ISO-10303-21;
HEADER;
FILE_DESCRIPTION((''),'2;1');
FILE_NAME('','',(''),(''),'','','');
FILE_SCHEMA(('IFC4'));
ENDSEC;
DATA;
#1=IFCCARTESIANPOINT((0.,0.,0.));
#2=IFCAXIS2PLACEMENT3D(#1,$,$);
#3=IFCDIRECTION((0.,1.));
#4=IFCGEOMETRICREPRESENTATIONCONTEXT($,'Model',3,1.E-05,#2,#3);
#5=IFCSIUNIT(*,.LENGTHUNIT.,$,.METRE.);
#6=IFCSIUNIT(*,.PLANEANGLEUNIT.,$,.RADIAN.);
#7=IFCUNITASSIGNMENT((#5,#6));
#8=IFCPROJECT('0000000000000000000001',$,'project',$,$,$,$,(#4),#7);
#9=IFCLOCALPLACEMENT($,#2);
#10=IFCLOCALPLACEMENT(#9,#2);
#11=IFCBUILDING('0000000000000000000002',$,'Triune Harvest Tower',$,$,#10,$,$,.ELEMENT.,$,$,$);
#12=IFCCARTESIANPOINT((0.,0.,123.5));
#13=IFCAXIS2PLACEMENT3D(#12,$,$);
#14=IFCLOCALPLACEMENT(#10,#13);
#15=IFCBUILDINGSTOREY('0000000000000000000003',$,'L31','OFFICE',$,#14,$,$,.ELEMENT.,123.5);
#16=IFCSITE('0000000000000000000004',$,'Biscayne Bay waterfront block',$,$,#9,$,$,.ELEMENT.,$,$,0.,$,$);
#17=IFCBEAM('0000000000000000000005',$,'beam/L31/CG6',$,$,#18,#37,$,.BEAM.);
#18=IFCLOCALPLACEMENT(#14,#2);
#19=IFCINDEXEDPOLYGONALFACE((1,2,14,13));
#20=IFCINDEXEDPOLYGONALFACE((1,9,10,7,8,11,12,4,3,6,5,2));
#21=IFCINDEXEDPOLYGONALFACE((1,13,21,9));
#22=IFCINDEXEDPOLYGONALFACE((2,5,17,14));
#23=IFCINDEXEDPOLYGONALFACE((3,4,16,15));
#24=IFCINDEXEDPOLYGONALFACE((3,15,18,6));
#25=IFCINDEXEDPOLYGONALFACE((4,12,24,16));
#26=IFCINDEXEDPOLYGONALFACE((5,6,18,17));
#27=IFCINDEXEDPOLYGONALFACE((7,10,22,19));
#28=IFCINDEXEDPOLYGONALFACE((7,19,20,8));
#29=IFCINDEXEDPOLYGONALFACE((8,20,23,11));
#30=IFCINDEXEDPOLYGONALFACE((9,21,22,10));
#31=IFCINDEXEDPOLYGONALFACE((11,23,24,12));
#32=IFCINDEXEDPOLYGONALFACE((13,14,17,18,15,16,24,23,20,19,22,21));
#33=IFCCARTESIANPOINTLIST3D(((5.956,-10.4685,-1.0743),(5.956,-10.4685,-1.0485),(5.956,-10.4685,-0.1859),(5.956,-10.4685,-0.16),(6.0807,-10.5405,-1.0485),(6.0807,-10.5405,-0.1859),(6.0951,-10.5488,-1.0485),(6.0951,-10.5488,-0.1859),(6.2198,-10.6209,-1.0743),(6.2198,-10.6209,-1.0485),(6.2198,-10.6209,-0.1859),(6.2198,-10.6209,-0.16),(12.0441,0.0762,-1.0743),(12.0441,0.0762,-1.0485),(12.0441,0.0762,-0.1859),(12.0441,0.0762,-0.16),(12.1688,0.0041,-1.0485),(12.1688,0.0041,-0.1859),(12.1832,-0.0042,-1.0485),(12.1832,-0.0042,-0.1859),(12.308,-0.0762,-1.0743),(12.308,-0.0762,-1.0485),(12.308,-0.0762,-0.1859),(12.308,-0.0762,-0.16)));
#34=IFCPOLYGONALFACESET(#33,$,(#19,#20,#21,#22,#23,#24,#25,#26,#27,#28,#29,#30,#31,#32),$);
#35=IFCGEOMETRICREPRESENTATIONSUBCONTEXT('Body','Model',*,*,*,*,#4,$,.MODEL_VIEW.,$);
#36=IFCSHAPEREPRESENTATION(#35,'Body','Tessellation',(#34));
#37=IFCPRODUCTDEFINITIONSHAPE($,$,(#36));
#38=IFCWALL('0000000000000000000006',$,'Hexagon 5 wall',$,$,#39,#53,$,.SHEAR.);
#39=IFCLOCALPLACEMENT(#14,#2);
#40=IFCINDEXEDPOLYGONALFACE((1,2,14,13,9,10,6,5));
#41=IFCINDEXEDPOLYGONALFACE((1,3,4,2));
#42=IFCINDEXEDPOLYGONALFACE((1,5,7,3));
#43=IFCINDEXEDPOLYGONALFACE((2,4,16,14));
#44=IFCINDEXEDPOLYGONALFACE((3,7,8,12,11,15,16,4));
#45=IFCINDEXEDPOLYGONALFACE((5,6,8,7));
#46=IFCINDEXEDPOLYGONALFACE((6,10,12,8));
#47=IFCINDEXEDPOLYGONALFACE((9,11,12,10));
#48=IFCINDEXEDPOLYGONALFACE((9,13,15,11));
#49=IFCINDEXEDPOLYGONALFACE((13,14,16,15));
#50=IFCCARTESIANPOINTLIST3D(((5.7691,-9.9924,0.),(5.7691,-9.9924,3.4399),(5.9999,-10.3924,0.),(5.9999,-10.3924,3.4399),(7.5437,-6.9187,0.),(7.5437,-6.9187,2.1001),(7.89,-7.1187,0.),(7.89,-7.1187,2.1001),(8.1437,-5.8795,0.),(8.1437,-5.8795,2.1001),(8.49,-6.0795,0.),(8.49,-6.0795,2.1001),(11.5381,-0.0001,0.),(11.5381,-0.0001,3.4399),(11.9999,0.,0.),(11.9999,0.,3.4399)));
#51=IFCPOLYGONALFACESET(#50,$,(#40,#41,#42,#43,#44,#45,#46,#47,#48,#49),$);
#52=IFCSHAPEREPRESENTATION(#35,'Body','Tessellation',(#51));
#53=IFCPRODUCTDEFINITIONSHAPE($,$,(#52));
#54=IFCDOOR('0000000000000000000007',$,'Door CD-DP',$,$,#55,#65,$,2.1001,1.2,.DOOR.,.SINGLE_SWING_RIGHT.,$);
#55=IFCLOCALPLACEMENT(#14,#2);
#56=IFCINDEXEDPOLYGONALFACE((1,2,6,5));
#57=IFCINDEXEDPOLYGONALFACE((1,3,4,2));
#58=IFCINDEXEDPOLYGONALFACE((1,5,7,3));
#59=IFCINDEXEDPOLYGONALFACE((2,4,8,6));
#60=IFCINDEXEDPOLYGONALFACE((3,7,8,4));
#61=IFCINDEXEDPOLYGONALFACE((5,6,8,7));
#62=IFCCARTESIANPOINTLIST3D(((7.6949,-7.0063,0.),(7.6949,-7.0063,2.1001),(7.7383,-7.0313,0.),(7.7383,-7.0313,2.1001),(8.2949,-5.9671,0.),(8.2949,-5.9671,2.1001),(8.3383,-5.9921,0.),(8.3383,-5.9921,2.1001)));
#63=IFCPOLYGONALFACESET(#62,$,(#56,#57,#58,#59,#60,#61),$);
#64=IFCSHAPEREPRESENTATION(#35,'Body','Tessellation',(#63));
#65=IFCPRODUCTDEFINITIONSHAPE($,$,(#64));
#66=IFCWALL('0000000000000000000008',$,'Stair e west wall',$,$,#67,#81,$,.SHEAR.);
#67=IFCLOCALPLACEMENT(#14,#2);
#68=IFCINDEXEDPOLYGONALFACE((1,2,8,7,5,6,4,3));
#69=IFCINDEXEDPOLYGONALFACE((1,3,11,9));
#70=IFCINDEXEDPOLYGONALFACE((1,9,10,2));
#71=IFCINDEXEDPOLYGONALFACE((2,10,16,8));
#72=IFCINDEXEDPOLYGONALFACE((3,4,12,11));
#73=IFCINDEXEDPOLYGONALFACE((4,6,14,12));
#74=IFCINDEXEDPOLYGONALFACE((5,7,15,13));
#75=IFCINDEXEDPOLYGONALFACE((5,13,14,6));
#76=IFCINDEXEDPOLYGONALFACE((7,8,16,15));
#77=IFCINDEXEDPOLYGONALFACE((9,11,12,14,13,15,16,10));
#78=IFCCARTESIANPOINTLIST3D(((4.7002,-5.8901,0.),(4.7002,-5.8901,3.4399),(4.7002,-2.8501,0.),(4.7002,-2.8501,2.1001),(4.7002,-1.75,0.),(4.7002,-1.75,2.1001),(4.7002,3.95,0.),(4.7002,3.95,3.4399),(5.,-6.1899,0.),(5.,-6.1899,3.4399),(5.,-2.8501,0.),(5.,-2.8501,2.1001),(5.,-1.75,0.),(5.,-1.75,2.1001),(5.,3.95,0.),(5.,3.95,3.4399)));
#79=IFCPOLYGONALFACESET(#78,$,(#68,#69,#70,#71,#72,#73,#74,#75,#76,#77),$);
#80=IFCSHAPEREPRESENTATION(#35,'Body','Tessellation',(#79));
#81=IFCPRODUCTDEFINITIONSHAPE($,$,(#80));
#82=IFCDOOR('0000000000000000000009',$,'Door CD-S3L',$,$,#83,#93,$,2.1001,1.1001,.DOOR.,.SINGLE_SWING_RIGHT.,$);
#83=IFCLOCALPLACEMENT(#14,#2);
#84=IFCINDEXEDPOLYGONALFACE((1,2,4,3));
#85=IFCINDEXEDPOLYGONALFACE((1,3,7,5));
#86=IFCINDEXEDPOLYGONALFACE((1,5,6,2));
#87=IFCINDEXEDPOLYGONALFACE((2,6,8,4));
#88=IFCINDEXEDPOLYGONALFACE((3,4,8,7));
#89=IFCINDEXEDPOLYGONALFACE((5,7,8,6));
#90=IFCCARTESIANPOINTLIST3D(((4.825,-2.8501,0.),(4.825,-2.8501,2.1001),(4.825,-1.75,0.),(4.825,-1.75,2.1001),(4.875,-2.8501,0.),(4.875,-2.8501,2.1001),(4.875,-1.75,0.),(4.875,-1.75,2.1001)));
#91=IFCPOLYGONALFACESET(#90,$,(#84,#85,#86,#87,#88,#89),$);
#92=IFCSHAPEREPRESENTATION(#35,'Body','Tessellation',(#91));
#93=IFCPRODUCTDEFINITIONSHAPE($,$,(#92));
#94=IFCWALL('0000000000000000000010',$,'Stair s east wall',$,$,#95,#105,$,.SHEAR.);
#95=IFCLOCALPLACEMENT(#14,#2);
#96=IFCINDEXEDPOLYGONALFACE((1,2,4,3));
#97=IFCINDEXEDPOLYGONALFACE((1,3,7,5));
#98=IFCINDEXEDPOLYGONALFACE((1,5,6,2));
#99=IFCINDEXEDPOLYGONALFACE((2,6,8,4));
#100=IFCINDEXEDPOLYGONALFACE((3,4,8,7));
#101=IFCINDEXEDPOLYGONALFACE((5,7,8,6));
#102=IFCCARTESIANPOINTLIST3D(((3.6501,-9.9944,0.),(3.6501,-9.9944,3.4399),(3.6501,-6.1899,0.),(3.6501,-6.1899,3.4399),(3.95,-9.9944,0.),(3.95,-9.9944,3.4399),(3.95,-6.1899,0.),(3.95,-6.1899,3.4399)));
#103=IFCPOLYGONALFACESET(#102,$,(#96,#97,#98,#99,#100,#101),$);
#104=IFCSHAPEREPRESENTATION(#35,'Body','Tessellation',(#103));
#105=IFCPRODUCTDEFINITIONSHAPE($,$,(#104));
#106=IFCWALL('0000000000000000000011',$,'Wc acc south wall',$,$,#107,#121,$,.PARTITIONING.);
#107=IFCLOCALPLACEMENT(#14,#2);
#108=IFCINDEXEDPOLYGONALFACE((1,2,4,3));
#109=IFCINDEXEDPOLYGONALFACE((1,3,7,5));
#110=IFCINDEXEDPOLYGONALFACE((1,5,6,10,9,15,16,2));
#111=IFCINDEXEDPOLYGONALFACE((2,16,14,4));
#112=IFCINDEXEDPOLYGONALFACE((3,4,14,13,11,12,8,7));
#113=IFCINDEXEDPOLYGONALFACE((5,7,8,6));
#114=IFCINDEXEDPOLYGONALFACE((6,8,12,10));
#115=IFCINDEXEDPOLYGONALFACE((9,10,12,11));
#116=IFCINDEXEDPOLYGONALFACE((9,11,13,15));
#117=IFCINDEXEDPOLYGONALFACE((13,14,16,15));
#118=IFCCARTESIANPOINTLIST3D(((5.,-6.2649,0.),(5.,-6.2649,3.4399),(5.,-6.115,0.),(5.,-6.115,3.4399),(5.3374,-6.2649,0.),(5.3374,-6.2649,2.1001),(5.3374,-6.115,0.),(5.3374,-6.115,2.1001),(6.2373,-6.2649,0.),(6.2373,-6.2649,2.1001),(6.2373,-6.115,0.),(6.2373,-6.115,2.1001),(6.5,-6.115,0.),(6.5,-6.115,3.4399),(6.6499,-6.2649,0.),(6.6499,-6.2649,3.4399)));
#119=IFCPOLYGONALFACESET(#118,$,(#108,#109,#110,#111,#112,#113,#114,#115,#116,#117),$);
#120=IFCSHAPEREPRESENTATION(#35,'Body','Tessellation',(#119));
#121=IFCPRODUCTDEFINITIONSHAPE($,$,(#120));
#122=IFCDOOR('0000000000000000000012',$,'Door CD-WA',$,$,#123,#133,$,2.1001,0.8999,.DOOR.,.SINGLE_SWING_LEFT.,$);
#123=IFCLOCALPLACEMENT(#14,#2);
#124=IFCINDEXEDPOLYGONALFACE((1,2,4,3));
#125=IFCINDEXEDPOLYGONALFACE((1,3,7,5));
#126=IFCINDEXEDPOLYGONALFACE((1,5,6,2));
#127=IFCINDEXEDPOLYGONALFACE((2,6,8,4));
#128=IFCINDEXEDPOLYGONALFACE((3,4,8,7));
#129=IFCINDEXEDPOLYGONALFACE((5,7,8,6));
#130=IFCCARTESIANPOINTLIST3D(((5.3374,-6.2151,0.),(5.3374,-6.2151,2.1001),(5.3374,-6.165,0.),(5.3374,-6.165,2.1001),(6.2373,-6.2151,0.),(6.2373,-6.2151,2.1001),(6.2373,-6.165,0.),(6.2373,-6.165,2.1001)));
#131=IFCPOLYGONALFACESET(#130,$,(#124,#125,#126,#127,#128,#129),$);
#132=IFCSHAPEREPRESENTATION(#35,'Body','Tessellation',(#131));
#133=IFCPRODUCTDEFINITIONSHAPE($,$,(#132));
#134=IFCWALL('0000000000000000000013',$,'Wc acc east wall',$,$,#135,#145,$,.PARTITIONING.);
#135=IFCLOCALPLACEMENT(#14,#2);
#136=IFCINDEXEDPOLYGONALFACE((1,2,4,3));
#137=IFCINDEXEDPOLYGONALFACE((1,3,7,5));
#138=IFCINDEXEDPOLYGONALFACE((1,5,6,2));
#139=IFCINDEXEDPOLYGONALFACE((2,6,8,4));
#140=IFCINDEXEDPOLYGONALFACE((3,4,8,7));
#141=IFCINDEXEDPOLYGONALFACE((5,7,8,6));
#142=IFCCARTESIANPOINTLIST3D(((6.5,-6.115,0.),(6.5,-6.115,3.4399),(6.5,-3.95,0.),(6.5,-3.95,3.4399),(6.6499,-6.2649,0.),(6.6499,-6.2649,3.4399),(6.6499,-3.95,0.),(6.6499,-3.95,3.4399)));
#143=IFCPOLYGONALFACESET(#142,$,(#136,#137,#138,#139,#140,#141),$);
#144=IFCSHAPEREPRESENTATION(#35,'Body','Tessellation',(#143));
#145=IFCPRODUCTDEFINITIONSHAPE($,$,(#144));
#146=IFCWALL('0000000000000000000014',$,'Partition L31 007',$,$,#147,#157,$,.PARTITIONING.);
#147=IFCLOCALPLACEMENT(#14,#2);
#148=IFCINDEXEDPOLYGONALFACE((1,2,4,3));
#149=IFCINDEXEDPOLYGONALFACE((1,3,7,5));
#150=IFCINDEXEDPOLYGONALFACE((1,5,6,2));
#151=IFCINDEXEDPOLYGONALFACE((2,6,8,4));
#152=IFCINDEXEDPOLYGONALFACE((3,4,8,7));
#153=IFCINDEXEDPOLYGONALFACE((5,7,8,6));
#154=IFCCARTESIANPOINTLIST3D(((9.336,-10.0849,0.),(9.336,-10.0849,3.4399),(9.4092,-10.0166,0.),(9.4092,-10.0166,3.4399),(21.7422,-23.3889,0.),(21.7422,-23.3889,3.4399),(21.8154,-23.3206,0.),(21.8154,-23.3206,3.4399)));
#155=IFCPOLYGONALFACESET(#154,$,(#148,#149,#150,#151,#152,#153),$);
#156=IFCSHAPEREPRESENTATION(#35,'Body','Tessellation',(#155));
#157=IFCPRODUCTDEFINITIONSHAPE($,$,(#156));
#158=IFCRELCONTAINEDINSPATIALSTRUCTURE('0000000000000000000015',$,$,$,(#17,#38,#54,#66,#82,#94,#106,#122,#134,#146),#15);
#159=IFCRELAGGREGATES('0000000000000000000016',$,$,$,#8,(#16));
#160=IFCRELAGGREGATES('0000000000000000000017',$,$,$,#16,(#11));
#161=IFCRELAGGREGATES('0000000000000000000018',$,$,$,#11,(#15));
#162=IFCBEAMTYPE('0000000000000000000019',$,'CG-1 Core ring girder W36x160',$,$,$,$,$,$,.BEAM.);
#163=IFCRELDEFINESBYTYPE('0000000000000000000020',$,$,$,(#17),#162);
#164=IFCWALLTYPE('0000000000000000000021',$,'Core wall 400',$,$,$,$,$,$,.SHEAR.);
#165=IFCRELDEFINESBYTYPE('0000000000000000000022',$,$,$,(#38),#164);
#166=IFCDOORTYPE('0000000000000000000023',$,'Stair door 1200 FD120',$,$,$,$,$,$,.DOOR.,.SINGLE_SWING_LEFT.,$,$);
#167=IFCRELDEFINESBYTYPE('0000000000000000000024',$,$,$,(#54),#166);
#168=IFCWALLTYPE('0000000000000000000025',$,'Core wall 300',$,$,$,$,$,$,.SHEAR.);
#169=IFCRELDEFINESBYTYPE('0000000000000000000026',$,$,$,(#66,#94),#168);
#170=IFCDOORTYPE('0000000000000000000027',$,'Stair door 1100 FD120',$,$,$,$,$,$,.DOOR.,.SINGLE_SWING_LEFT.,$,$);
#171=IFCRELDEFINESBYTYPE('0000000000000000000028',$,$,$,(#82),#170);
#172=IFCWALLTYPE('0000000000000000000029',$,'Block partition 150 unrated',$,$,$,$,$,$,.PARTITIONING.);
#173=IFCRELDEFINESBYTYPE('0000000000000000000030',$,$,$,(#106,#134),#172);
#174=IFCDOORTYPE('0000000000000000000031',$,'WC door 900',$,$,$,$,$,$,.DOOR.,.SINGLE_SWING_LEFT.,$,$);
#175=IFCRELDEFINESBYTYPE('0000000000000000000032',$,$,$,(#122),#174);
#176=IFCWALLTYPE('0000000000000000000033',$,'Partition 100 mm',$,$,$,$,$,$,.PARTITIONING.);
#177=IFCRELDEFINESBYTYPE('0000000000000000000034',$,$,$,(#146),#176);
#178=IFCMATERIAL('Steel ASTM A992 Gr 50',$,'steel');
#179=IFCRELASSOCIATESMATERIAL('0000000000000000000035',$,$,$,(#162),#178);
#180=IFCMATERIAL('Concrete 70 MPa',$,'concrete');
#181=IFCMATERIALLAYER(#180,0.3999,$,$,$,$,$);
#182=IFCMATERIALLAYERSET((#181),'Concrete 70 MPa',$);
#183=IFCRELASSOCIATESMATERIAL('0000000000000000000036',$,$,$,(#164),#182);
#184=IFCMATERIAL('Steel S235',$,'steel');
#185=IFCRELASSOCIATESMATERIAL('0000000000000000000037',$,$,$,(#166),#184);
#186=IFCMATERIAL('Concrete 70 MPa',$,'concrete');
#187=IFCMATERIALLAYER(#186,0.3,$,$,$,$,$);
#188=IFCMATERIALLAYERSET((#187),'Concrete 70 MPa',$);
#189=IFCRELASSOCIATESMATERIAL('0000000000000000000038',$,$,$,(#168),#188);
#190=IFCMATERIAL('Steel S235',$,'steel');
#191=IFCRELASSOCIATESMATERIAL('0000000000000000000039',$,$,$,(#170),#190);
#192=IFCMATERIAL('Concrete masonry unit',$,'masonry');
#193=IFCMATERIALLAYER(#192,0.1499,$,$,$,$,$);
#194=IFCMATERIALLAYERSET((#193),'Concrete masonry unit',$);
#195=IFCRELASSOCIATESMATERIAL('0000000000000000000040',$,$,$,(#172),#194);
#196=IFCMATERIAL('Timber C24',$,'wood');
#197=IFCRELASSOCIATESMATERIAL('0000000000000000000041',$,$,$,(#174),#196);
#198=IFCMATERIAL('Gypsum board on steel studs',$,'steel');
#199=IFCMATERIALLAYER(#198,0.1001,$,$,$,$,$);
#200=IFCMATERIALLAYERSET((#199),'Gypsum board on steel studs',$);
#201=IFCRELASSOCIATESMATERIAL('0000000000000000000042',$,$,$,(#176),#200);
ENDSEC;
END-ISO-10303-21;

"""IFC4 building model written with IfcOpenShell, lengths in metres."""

from ifc_helpers import new_model, si_unit, direction, frame, frame_2d, origin, origin_2d, place, context, subcontext, project, spatial, polyline, rectangle, i_section, outline, extrude, source, transform, mapped, material, layer, layer_set, material_profile, profile_set, type_object, element, fill, save


model = new_model("IFC4")

# Units and contexts
model_context = context("Model", 3, precision=1e-05, world=origin(), true_north=direction((0.0, 1.0)))
body_context = subcontext(model_context, "Body", "Model", "MODEL_VIEW")
ifc_project = project(units=[si_unit("LENGTHUNIT", "METRE"), si_unit("PLANEANGLEUNIT", "RADIAN")], contexts=[model_context])

# Site, building, storey
site_placement = place(None, origin())
site = spatial("IfcSite", under=ifc_project, at=site_placement, Name="Biscayne Bay waterfront block", CompositionType="ELEMENT", RefElevation=0.0)
building_placement = place(site_placement, origin())
building = spatial("IfcBuilding", under=site, at=building_placement, Name="Triune Harvest Tower", CompositionType="ELEMENT")
storey_placement = place(building_placement, frame((0.0, 0.0, 123.5)))
storey = spatial("IfcBuildingStorey", under=building, at=storey_placement, Name="L31", Description="OFFICE", CompositionType="ELEMENT", Elevation=123.5)

# Beam
ifc_material_1 = material(Name="Steel ASTM A992 Gr 50", Category="steel")
ifc_material_profile = material_profile(ifc_material_1, i_section(OverallWidth=0.3047, OverallDepth=0.9143, WebThickness=0.0166, FlangeThickness=0.0259, at=origin_2d()), Name="W36x160")
ifc_profile_set = profile_set([ifc_material_profile], Name="Steel ASTM A992 Gr 50")
beam_type = type_object("IfcBeamType", Name="CG-1 Core ring girder W36x160", PredefinedType="BEAM", material=ifc_profile_set)
shared_shape_1 = source(origin(), body_context, "Body", "SweptSolid", [
    extrude(i_section(OverallWidth=0.3047, OverallDepth=0.9143, WebThickness=0.0166, FlangeThickness=0.0259, at=origin_2d()), origin(), (0.0, 0.0, 1.0), 12.176),
])
beam_placement = place(storey_placement, frame((6.0879, -10.5447, -0.6172), z_axis=(0.50001, 0.86602, 0.0), x_axis=(-0.86602, 0.50001, 0.0)))
element("IfcBeam", 1, at=beam_placement, inside=storey, type_object=beam_type, Name="beam/L31/CG6", PredefinedType="BEAM", context=body_context, shape_type="MappedRepresentation", body=[
    mapped(shared_shape_1, transform((0.0, 0.0, 0.0), scale=1.0)),
])

# Walls, openings, doors
ifc_material_2 = material(Name="Concrete 70 MPa", Category="concrete")
ifc_layer_1 = layer(ifc_material_2, 0.3999)
ifc_layer_set_1 = layer_set([ifc_layer_1], Name="Concrete 70 MPa")
wall_type_1 = type_object("IfcWallType", Name="Core wall 400", PredefinedType="SHEAR", material=ifc_layer_set_1)
shared_shape_2 = source(origin(), body_context, "Body", "SweptSolid", [
    extrude(outline(polyline([(-0.1155, -0.2), (11.8845, -0.2), (11.6536, 0.2), (0.1155, 0.2), (-0.1155, -0.2)])), origin(), (0.0, 0.0, 1.0), 3.4399),
])
wall_1_placement = place(storey_placement, frame((5.8845, -10.1924, 0.0), z_axis=(0.0, 0.0, 1.0), x_axis=(0.499997, 0.866027, 0.0)))
wall_1 = element("IfcWall", 2, at=wall_1_placement, inside=storey, type_object=wall_type_1, Name="Hexagon 5 wall", PredefinedType="SHEAR", context=body_context, shape_type="MappedRepresentation", body=[
    mapped(shared_shape_2, transform((0.0, 0.0, 0.0), scale=1.0)),
])
opening_1_placement = place(wall_1_placement, frame((3.6646, 0.0, 0.0)))
opening_1 = element("IfcOpeningElement", 3, at=opening_1_placement, cuts=wall_1, PredefinedType="OPENING", context=body_context, shape_type="SweptSolid", body=[
    extrude(rectangle(XDim=1.2, YDim=2.1001, at=frame_2d((0.6001, 1.05))), frame((0.0, 0.21, 0.0), z_axis=(0.0, -1.0, 0.0), x_axis=(1.0, 0.0, 0.0)), (0.0, 0.0, 1.0), 0.4199),
])
ifc_material_3 = material(Name="Steel S235", Category="steel")
door_type_1 = type_object("IfcDoorType", Name="Stair door 1200 FD120", OperationType="SINGLE_SWING_LEFT", PredefinedType="DOOR", material=ifc_material_3)
door_1_placement = place(opening_1_placement, frame((1.2, 0.0, 0.0), z_axis=(0.0, 0.0, 1.0), x_axis=(-1.0, 0.0, 0.0)))
door_1 = element("IfcDoor", 4, at=door_1_placement, inside=storey, type_object=door_type_1, Name="Door CD-DP", OperationType="SINGLE_SWING_RIGHT", OverallHeight=2.1001, OverallWidth=1.2, PredefinedType="DOOR", context=body_context, shape_type="SweptSolid", body=[
    extrude(rectangle(XDim=1.2, YDim=2.1001, at=frame_2d((0.6001, 1.05))), frame((0.0, 0.0249, 0.0), z_axis=(0.0, -1.0, 0.0), x_axis=(1.0, 0.0, 0.0)), (0.0, 0.0, 1.0), 0.05),
])
fill(opening_1, door_1)
ifc_material_4 = material(Name="Concrete 70 MPa", Category="concrete")
ifc_layer_2 = layer(ifc_material_4, 0.3)
ifc_layer_set_2 = layer_set([ifc_layer_2], Name="Concrete 70 MPa")
wall_type_2 = type_object("IfcWallType", Name="Core wall 300", PredefinedType="SHEAR", material=ifc_layer_set_2)
shared_shape_3 = source(origin(), body_context, "Body", "SweptSolid", [
    extrude(outline(polyline([(-0.1499, -0.1499), (9.99, -0.1499), (9.99, 0.1499), (0.1499, 0.1499), (-0.1499, -0.1499)])), origin(), (0.0, 0.0, 1.0), 3.4399),
])
wall_2_placement = place(storey_placement, frame((4.8501, -6.04, 0.0), z_axis=(0.0, 0.0, 1.0), x_axis=(0.0, 1.0, 0.0)))
wall_2 = element("IfcWall", 5, at=wall_2_placement, inside=storey, type_object=wall_type_2, Name="Stair e west wall", PredefinedType="SHEAR", context=body_context, shape_type="MappedRepresentation", body=[
    mapped(shared_shape_3, transform((0.0, 0.0, 0.0), scale=1.0)),
])
opening_2_placement = place(wall_2_placement, frame((3.1899, 0.0, 0.0)))
opening_2 = element("IfcOpeningElement", 6, at=opening_2_placement, cuts=wall_2, PredefinedType="OPENING", context=body_context, shape_type="SweptSolid", body=[
    extrude(rectangle(XDim=1.1001, YDim=2.1001, at=frame_2d((0.55, 1.05))), frame((0.0, 0.1602, 0.0), z_axis=(0.0, -1.0, 0.0), x_axis=(1.0, 0.0, 0.0)), (0.0, 0.0, 1.0), 0.3201),
])
ifc_material_5 = material(Name="Steel S235", Category="steel")
door_type_2 = type_object("IfcDoorType", Name="Stair door 1100 FD120", OperationType="SINGLE_SWING_LEFT", PredefinedType="DOOR", material=ifc_material_5)
door_2_placement = place(opening_2_placement, frame((1.1001, 0.0, 0.0), z_axis=(0.0, 0.0, 1.0), x_axis=(-1.0, 0.0, 0.0)))
door_2 = element("IfcDoor", 7, at=door_2_placement, inside=storey, type_object=door_type_2, Name="Door CD-S3L", OperationType="SINGLE_SWING_RIGHT", OverallHeight=2.1001, OverallWidth=1.1001, PredefinedType="DOOR", context=body_context, shape_type="SweptSolid", body=[
    extrude(rectangle(XDim=1.1001, YDim=2.1001, at=frame_2d((0.55, 1.05))), frame((0.0, 0.0249, 0.0), z_axis=(0.0, -1.0, 0.0), x_axis=(1.0, 0.0, 0.0)), (0.0, 0.0, 1.0), 0.05),
])
fill(opening_2, door_2)

# Wall
shared_shape_4 = source(origin(), body_context, "Body", "SweptSolid", [
    extrude(outline(polyline([(3.8, -0.1499), (-0.0044, -0.1499), (-0.0044, 0.1499), (3.8, 0.1499), (3.8, -0.1499)])), origin(), (0.0, 0.0, 1.0), 3.4399),
])
wall_3_placement = place(storey_placement, frame((3.8, -9.99, 0.0), z_axis=(0.0, 0.0, 1.0), x_axis=(0.0, 1.0, 0.0)))
element("IfcWall", 8, at=wall_3_placement, inside=storey, type_object=wall_type_2, Name="Stair s east wall", PredefinedType="SHEAR", context=body_context, shape_type="MappedRepresentation", body=[
    mapped(shared_shape_4, transform((0.0, 0.0, 0.0), scale=1.0)),
])

# Wall, opening, door
ifc_material_6 = material(Name="Concrete masonry unit", Category="masonry")
ifc_layer_3 = layer(ifc_material_6, 0.1499)
ifc_layer_set_3 = layer_set([ifc_layer_3], Name="Concrete masonry unit")
wall_type_3 = type_object("IfcWallType", Name="Block partition 150 unrated", PredefinedType="PARTITIONING", material=ifc_layer_set_3)
shared_shape_5 = source(origin(), body_context, "Body", "SweptSolid", [
    extrude(outline(polyline([(0.0, -0.075), (1.6499, -0.075), (1.5, 0.075), (0.0, 0.075), (0.0, -0.075)])), origin(), (0.0, 0.0, 1.0), 3.4399),
])
wall_4_placement = place(storey_placement, frame((5.0, -6.1899, 0.0), z_axis=(0.0, 0.0, 1.0), x_axis=(1.0, 0.0, 0.0)))
wall_4 = element("IfcWall", 9, at=wall_4_placement, inside=storey, type_object=wall_type_3, Name="Wc acc south wall", PredefinedType="PARTITIONING", context=body_context, shape_type="MappedRepresentation", body=[
    mapped(shared_shape_5, transform((0.0, 0.0, 0.0), scale=1.0)),
])
opening_3_placement = place(wall_4_placement, frame((0.3374, 0.0, 0.0)))
opening_3 = element("IfcOpeningElement", 10, at=opening_3_placement, cuts=wall_4, PredefinedType="OPENING", context=body_context, shape_type="SweptSolid", body=[
    extrude(rectangle(XDim=0.8999, YDim=2.1001, at=frame_2d((0.45, 1.05))), frame((0.0, 0.085, 0.0), z_axis=(0.0, -1.0, 0.0), x_axis=(1.0, 0.0, 0.0)), (0.0, 0.0, 1.0), 0.1699),
])
ifc_material_7 = material(Name="Timber C24", Category="wood")
door_type_3 = type_object("IfcDoorType", Name="WC door 900", OperationType="SINGLE_SWING_LEFT", PredefinedType="DOOR", material=ifc_material_7)
door_3_placement = place(opening_3_placement, origin())
door_3 = element("IfcDoor", 11, at=door_3_placement, inside=storey, type_object=door_type_3, Name="Door CD-WA", OperationType="SINGLE_SWING_LEFT", OverallHeight=2.1001, OverallWidth=0.8999, PredefinedType="DOOR", context=body_context, shape_type="SweptSolid", body=[
    extrude(rectangle(XDim=0.8999, YDim=2.1001, at=frame_2d((0.45, 1.05))), frame((0.0, 0.0249, 0.0), z_axis=(0.0, -1.0, 0.0), x_axis=(1.0, 0.0, 0.0)), (0.0, 0.0, 1.0), 0.05),
])
fill(opening_3, door_3)

# Walls
shared_shape_6 = source(origin(), body_context, "Body", "SweptSolid", [
    extrude(outline(polyline([(-0.075, -0.075), (2.24, -0.075), (2.24, 0.075), (0.075, 0.075), (-0.075, -0.075)])), origin(), (0.0, 0.0, 1.0), 3.4399),
])
wall_5_placement = place(storey_placement, frame((6.575, -6.1899, 0.0), z_axis=(0.0, 0.0, 1.0), x_axis=(0.0, 1.0, 0.0)))
element("IfcWall", 12, at=wall_5_placement, inside=storey, type_object=wall_type_3, Name="Wc acc east wall", PredefinedType="PARTITIONING", context=body_context, shape_type="MappedRepresentation", body=[
    mapped(shared_shape_6, transform((0.0, 0.0, 0.0), scale=1.0)),
])
ifc_material_8 = material(Name="Gypsum board on steel studs", Category="steel")
ifc_layer_4 = layer(ifc_material_8, 0.1001)
ifc_layer_set_4 = layer_set([ifc_layer_4], Name="Gypsum board on steel studs")
wall_type_4 = type_object("IfcWallType", Name="Partition 100 mm", PredefinedType="PARTITIONING", material=ifc_layer_set_4)
shared_shape_7 = source(origin(), body_context, "Body", "SweptSolid", [
    extrude(rectangle(XDim=18.1909, YDim=0.1001, at=frame_2d((9.0955, 0.0))), origin(), (0.0, 0.0, 1.0), 3.4399),
])
wall_6_placement = place(storey_placement, frame((9.3726, -10.0508, 0.0), z_axis=(0.0, 0.0, 1.0), x_axis=(0.682002, -0.731351, 0.0)))
element("IfcWall", 13, at=wall_6_placement, inside=storey, type_object=wall_type_4, Name="Partition L31 007", PredefinedType="PARTITIONING", context=body_context, shape_type="MappedRepresentation", body=[
    mapped(shared_shape_7, transform((0.0, 0.0, 0.0), scale=1.0)),
])

save(model, "model.ifc")
